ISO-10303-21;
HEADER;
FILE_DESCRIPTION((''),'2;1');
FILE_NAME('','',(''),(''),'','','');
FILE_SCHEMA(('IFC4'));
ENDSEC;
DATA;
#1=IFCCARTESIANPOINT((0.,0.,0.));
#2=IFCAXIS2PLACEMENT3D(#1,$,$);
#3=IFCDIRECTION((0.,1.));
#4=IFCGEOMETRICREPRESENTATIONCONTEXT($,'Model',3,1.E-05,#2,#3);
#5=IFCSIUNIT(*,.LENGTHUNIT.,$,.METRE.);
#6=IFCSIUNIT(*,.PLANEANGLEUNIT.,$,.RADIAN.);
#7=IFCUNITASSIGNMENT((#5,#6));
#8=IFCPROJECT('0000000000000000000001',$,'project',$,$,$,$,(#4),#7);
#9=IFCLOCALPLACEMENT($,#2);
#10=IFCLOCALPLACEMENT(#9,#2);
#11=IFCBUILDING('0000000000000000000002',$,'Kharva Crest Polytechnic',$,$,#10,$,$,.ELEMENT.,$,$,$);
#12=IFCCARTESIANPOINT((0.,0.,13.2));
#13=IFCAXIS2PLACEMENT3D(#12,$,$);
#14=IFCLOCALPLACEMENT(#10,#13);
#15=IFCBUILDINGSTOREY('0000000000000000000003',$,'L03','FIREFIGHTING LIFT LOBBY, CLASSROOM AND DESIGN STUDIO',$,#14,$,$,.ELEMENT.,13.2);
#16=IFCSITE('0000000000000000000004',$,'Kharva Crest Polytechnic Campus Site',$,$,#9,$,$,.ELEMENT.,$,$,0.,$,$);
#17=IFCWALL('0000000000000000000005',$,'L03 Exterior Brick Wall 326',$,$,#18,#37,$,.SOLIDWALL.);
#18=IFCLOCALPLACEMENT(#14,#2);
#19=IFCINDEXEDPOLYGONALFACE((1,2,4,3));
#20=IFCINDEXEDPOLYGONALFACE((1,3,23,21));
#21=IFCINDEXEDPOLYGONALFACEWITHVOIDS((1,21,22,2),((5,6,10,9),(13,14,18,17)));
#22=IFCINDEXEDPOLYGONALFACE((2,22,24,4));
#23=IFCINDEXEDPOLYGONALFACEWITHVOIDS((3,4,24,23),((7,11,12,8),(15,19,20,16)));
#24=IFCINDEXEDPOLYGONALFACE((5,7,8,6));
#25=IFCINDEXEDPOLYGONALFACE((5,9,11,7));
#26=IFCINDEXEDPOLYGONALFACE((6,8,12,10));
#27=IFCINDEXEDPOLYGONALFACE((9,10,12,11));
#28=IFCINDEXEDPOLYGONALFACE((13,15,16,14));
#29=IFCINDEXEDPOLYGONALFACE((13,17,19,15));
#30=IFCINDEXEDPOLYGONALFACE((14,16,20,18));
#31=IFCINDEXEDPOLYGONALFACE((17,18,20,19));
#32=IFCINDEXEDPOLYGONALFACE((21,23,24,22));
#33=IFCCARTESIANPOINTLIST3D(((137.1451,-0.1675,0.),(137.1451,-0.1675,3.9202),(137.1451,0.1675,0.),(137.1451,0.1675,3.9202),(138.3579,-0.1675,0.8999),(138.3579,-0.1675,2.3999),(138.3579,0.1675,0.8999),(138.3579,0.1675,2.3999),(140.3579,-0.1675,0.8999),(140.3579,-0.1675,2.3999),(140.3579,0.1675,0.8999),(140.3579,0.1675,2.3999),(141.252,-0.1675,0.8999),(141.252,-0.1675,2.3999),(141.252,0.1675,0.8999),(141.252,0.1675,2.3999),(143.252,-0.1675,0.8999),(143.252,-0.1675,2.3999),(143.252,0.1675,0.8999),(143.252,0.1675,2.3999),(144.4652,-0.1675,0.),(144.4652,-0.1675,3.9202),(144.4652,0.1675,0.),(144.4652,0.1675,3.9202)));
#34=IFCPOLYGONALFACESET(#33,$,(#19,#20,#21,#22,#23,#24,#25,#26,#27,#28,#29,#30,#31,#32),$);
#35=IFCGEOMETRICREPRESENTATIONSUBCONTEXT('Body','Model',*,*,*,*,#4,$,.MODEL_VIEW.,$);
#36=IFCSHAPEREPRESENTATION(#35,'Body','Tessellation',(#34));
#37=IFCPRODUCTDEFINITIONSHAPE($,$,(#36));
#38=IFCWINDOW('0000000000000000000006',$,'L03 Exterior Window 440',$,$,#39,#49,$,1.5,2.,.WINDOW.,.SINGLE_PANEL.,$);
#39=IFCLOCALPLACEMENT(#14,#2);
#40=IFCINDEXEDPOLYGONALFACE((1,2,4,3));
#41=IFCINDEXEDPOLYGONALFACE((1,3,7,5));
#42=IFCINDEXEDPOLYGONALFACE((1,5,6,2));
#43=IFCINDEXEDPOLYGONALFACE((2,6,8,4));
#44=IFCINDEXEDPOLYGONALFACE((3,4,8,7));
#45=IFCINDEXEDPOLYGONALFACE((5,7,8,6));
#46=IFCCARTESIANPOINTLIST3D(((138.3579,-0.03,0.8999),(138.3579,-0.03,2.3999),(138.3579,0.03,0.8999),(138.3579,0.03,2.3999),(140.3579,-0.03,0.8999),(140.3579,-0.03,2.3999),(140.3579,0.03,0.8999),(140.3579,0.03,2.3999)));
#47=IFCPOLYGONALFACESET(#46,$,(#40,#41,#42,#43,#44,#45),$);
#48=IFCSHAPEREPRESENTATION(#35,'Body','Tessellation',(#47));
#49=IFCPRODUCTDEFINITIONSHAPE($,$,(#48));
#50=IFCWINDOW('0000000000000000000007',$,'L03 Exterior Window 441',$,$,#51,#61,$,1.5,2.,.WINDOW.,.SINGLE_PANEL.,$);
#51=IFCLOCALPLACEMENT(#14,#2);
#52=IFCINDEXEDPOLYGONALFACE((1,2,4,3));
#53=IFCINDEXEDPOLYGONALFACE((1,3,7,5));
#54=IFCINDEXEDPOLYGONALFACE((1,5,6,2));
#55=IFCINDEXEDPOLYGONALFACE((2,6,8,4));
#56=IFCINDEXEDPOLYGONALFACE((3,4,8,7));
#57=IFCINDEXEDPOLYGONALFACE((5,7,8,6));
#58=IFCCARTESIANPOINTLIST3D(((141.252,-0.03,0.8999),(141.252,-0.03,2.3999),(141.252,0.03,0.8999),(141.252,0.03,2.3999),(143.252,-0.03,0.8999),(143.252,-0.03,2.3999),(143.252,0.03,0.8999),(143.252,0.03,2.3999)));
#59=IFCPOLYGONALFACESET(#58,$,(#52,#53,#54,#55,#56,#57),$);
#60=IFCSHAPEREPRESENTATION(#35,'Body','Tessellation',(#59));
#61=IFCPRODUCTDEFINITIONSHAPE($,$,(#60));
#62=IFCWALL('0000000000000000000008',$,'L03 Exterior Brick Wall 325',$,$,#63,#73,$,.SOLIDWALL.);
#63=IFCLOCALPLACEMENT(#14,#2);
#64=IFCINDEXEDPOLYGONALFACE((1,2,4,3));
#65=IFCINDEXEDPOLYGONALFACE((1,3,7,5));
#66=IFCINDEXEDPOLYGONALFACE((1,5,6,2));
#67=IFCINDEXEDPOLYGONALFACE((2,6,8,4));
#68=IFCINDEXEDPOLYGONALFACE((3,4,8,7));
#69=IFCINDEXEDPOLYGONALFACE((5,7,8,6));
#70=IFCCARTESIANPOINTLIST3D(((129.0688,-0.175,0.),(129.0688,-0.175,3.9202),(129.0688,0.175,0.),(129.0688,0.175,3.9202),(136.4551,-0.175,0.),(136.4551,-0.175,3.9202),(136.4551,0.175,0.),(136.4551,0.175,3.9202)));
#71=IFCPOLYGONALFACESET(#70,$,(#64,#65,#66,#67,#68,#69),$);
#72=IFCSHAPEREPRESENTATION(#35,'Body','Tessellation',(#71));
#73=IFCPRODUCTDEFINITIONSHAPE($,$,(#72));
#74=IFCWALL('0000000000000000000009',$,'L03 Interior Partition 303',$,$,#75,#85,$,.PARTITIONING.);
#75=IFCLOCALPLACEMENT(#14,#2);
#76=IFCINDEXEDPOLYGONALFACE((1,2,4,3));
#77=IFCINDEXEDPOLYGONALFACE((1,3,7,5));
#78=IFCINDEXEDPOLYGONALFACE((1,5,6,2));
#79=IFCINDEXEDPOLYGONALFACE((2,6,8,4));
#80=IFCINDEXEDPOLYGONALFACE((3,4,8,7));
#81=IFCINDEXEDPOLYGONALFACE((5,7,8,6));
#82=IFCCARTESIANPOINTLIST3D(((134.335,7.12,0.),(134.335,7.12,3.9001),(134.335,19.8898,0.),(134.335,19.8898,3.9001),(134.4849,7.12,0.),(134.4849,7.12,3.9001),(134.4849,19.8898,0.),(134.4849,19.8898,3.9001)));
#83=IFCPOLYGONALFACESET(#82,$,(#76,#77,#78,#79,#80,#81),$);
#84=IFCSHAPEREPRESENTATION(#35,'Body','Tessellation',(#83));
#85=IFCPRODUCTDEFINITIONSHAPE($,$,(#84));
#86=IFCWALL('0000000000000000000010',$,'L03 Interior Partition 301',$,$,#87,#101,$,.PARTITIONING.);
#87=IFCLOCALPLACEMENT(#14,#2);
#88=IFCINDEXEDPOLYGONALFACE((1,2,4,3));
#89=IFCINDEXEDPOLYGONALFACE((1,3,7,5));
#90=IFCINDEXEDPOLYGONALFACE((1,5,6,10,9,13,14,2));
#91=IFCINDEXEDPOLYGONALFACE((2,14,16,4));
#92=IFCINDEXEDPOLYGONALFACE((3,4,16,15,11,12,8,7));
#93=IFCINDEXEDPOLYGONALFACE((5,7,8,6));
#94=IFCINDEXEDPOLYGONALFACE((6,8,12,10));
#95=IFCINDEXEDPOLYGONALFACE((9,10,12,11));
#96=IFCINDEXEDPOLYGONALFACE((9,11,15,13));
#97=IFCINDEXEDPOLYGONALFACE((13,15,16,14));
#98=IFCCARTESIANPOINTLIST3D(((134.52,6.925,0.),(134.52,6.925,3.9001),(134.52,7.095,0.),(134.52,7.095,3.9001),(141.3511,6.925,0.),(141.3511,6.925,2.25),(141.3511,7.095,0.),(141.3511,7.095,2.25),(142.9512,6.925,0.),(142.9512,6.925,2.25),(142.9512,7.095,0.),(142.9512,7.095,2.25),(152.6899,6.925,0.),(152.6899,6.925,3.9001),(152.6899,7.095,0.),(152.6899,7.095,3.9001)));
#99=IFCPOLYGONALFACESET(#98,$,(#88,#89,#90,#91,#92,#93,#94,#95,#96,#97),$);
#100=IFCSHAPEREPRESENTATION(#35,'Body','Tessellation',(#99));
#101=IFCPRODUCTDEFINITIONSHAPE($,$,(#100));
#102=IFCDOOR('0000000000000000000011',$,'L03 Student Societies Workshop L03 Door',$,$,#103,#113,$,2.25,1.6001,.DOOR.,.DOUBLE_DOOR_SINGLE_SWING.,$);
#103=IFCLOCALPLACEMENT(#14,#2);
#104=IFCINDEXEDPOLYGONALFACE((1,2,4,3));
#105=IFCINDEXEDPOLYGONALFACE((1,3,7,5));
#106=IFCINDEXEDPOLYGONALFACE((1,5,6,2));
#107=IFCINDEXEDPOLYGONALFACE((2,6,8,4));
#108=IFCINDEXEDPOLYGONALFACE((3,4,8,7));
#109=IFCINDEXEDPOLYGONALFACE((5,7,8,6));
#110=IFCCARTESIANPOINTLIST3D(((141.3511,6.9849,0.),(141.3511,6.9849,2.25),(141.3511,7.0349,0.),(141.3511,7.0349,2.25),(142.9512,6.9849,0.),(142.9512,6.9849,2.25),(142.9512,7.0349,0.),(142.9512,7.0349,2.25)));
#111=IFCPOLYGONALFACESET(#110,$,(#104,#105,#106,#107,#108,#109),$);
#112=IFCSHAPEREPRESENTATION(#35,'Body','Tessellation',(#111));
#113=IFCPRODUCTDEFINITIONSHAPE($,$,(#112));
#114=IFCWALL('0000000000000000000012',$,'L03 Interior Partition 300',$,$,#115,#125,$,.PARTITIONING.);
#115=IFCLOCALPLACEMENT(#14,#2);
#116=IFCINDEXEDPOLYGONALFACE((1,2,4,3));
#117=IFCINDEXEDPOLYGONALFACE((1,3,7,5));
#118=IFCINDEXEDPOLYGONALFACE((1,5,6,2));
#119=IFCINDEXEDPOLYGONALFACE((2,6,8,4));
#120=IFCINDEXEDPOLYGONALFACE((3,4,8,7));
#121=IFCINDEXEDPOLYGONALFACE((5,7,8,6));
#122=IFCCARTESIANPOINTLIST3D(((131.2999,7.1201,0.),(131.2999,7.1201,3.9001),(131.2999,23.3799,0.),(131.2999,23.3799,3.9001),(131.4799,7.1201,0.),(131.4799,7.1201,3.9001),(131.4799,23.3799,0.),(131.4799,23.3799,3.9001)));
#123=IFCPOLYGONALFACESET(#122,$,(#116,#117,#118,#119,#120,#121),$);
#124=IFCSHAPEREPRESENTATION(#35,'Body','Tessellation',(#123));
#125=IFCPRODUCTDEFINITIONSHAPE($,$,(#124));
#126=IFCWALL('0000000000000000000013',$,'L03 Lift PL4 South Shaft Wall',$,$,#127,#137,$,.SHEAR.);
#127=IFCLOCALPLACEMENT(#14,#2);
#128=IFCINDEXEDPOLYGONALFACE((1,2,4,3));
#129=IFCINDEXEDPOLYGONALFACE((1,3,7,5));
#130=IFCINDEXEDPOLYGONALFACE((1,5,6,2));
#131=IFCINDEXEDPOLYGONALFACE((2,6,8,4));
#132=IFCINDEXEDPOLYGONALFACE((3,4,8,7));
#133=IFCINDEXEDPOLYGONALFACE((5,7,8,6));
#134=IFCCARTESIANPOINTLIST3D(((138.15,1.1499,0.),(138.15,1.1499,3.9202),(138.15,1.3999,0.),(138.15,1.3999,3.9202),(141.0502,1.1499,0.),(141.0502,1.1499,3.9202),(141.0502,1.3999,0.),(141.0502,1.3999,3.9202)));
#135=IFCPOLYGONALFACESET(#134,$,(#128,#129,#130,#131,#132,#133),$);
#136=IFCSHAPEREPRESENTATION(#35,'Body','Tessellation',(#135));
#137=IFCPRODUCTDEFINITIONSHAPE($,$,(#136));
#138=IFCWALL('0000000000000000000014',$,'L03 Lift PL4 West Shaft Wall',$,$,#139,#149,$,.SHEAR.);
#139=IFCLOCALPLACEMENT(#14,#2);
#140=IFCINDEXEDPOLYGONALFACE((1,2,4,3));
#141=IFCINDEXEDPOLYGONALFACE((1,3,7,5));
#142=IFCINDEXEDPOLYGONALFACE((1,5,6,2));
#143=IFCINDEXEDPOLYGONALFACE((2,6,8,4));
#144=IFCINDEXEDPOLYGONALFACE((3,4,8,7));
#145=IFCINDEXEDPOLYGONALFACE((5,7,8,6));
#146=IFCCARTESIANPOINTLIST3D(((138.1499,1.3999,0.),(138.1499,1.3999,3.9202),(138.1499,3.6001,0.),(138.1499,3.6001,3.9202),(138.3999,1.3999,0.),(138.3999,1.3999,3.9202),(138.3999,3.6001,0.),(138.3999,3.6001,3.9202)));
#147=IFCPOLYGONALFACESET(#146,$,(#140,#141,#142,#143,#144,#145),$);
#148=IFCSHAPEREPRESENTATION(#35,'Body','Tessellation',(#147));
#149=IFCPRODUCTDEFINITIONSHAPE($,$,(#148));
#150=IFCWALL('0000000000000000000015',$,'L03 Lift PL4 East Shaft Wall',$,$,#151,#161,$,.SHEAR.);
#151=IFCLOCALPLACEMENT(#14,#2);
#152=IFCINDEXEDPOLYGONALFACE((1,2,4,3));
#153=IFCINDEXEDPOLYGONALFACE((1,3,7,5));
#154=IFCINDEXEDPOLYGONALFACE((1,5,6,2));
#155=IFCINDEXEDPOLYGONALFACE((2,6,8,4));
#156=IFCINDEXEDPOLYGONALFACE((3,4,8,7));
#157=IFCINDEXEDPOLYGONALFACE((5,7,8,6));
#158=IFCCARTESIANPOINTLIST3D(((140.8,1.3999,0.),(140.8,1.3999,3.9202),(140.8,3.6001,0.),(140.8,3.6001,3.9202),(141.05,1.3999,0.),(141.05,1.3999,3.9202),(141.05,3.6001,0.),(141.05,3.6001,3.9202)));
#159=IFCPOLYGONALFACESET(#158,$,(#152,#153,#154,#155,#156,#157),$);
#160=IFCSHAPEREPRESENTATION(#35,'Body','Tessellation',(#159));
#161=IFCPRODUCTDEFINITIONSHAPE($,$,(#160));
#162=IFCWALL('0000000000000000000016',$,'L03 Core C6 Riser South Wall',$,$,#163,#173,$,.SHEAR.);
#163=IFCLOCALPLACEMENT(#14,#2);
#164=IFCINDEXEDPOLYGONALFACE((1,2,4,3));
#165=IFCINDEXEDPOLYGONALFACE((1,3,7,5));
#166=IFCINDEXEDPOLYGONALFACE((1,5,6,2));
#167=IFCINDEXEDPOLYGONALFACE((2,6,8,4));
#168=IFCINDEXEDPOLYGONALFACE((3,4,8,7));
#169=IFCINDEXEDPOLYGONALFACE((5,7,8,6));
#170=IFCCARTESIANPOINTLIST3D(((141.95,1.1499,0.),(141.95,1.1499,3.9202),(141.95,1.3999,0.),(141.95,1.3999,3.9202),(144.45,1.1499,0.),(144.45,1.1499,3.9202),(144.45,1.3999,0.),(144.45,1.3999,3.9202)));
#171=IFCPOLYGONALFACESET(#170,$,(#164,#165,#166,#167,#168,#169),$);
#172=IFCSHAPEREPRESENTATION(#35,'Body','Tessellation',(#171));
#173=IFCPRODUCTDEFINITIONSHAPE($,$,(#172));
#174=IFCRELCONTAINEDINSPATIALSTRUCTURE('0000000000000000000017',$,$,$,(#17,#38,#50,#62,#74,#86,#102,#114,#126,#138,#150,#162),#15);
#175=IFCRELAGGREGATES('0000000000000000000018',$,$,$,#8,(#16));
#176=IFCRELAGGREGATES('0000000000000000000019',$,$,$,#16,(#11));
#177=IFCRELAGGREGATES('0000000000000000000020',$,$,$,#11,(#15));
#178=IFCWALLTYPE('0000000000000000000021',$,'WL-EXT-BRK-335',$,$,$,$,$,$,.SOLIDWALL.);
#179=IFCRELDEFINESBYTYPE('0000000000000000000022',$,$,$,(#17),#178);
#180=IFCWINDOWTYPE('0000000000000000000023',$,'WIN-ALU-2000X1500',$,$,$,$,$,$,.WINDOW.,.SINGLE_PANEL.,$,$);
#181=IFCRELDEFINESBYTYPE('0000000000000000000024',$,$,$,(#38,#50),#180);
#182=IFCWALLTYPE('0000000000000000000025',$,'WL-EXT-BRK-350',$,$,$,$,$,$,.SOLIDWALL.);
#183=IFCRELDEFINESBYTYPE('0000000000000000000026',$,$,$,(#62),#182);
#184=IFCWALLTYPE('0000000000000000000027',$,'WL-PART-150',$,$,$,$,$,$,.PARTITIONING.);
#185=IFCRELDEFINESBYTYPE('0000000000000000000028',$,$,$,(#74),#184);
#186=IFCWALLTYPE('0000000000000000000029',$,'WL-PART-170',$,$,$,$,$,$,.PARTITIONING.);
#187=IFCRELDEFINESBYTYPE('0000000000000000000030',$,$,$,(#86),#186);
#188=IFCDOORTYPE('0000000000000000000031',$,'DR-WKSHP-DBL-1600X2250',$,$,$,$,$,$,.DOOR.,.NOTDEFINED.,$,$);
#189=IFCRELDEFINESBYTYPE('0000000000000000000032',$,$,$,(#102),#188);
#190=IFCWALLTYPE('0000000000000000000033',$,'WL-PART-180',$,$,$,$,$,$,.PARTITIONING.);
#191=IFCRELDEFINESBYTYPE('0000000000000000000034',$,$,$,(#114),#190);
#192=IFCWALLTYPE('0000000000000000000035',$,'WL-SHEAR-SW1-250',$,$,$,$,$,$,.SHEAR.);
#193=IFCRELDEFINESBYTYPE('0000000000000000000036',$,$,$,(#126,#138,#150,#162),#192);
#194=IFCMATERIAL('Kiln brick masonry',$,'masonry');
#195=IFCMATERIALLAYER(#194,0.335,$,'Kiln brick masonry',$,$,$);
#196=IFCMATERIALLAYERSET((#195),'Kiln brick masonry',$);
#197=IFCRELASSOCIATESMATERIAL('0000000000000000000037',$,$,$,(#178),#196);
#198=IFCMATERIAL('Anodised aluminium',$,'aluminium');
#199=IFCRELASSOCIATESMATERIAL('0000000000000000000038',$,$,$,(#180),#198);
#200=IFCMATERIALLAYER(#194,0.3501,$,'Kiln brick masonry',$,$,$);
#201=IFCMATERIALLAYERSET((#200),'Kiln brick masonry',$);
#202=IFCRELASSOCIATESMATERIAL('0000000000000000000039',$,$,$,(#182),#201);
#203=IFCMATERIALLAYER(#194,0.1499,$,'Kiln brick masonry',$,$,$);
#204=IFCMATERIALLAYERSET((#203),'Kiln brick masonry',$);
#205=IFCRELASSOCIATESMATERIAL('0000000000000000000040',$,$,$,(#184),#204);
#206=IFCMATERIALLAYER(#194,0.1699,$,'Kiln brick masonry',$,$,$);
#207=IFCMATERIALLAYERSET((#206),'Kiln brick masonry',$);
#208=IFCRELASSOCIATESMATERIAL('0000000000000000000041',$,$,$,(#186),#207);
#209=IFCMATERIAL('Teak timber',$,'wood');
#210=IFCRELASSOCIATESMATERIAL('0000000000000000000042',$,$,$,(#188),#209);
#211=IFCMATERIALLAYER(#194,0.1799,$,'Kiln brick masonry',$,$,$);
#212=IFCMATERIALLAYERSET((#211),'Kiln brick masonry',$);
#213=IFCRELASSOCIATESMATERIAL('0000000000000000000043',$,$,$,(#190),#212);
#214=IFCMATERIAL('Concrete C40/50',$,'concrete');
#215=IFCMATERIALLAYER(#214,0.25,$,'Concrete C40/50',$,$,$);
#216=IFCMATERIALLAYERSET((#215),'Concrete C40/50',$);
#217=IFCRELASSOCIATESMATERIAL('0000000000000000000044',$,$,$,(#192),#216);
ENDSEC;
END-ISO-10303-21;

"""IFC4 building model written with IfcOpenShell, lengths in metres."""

from ifc_helpers import new_model, si_unit, direction, frame, frame_2d, origin, place, context, subcontext, project, spatial, rectangle, extrude, material, layer, layer_set, type_object, element, fill, save


model = new_model("IFC4")

# Units and contexts
model_context = context("Model", 3, precision=1e-05, world=origin(), true_north=direction((0.0, 1.0)))
body_context = subcontext(model_context, "Body", "Model", "MODEL_VIEW")
ifc_project = project(units=[si_unit("LENGTHUNIT", "METRE"), si_unit("PLANEANGLEUNIT", "RADIAN")], contexts=[model_context])

# Site, building, storey
site_placement = place(None, origin())
site = spatial("IfcSite", under=ifc_project, at=site_placement, Name="Kharva Crest Polytechnic Campus Site", CompositionType="ELEMENT", RefElevation=0.0)
building_placement = place(site_placement, origin())
building = spatial("IfcBuilding", under=site, at=building_placement, Name="Kharva Crest Polytechnic", CompositionType="ELEMENT")
storey_placement = place(building_placement, frame((0.0, 0.0, 13.2)))
storey = spatial("IfcBuildingStorey", under=building, at=storey_placement, Name="L03", Description="FIREFIGHTING LIFT LOBBY, CLASSROOM AND DESIGN STUDIO", CompositionType="ELEMENT", Elevation=13.2)

# Shared definitions
ifc_material_1 = material(Name="Concrete C40/50", Category="concrete")

# Wall, openings, windows
ifc_material_2 = material(Name="Kiln brick masonry", Category="masonry")
ifc_material_3 = material(Name="Anodised aluminium", Category="aluminium")
ifc_layer_1 = layer(ifc_material_2, 0.335, Name="Kiln brick masonry")
ifc_layer_set_1 = layer_set([ifc_layer_1], Name="Kiln brick masonry")
wall_type_1 = type_object("IfcWallType", Name="WL-EXT-BRK-335", PredefinedType="SOLIDWALL", material=ifc_layer_set_1)
wall_1_placement = place(storey_placement, frame((137.145, 0.0, 0.0), z_axis=(0.0, 0.0, 1.0), x_axis=(1.0, 0.0, 0.0)))
wall_1 = element("IfcWall", 1, at=wall_1_placement, inside=storey, type_object=wall_type_1, Name="L03 Exterior Brick Wall 326", PredefinedType="SOLIDWALL", context=body_context, shape_type="SweptSolid", body=[
    extrude(rectangle(XDim=7.3201, YDim=0.335, at=frame_2d((3.6602, 0.0))), origin(), (0.0, 0.0, 1.0), 3.9202),
])
opening_1_placement = place(wall_1_placement, frame((1.2129, 0.0, 0.8999)))
opening_1 = element("IfcOpeningElement", 2, at=opening_1_placement, cuts=wall_1, PredefinedType="OPENING", context=body_context, shape_type="SweptSolid", body=[
    extrude(rectangle(XDim=2.0, YDim=1.5, at=frame_2d((1.0, 0.75))), frame((0.0, 0.1775, 0.0), z_axis=(0.0, -1.0, 0.0), x_axis=(1.0, 0.0, 0.0)), (0.0, 0.0, 1.0), 0.355),
])
opening_2_placement = place(wall_1_placement, frame((4.1069, 0.0, 0.8999)))
opening_2 = element("IfcOpeningElement", 3, at=opening_2_placement, cuts=wall_1, PredefinedType="OPENING", context=body_context, shape_type="SweptSolid", body=[
    extrude(rectangle(XDim=2.0, YDim=1.5, at=frame_2d((1.0, 0.75))), frame((0.0, 0.1775, 0.0), z_axis=(0.0, -1.0, 0.0), x_axis=(1.0, 0.0, 0.0)), (0.0, 0.0, 1.0), 0.355),
])
window_type_1 = type_object("IfcWindowType", Name="WIN-ALU-2000X1500", PartitioningType="SINGLE_PANEL", PredefinedType="WINDOW", material=ifc_material_3)
window_1_placement = place(opening_1_placement, origin())
window_1 = element("IfcWindow", 4, at=window_1_placement, inside=storey, type_object=window_type_1, Name="L03 Exterior Window 440", OverallHeight=1.5, OverallWidth=2.0, PartitioningType="SINGLE_PANEL", PredefinedType="WINDOW", context=body_context, shape_type="SweptSolid", body=[
    extrude(rectangle(XDim=2.0, YDim=1.5, at=frame_2d((1.0, 0.75))), frame((0.0, 0.03, 0.0), z_axis=(0.0, -1.0, 0.0), x_axis=(1.0, 0.0, 0.0)), (0.0, 0.0, 1.0), 0.0601),
])
fill(opening_1, window_1)
window_2_placement = place(opening_2_placement, origin())
window_2 = element("IfcWindow", 5, at=window_2_placement, inside=storey, type_object=window_type_1, Name="L03 Exterior Window 441", OverallHeight=1.5, OverallWidth=2.0, PartitioningType="SINGLE_PANEL", PredefinedType="WINDOW", context=body_context, shape_type="SweptSolid", body=[
    extrude(rectangle(XDim=2.0, YDim=1.5, at=frame_2d((1.0, 0.75))), frame((0.0, 0.03, 0.0), z_axis=(0.0, -1.0, 0.0), x_axis=(1.0, 0.0, 0.0)), (0.0, 0.0, 1.0), 0.0601),
])
fill(opening_2, window_2)

# Walls
ifc_layer_2 = layer(ifc_material_2, 0.3501, Name="Kiln brick masonry")
ifc_layer_set_2 = layer_set([ifc_layer_2], Name="Kiln brick masonry")
wall_type_2 = type_object("IfcWallType", Name="WL-EXT-BRK-350", PredefinedType="SOLIDWALL", material=ifc_layer_set_2)
wall_2_placement = place(storey_placement, frame((129.0688, 0.0, 0.0), z_axis=(0.0, 0.0, 1.0), x_axis=(1.0, 0.0, 0.0)))
element("IfcWall", 6, at=wall_2_placement, inside=storey, type_object=wall_type_2, Name="L03 Exterior Brick Wall 325", PredefinedType="SOLIDWALL", context=body_context, shape_type="SweptSolid", body=[
    extrude(rectangle(XDim=7.3862, YDim=0.3501, at=frame_2d((3.6931, 0.0))), origin(), (0.0, 0.0, 1.0), 3.9202),
])
ifc_layer_3 = layer(ifc_material_2, 0.1499, Name="Kiln brick masonry")
ifc_layer_set_3 = layer_set([ifc_layer_3], Name="Kiln brick masonry")
wall_type_3 = type_object("IfcWallType", Name="WL-PART-150", PredefinedType="PARTITIONING", material=ifc_layer_set_3)
wall_3_placement = place(storey_placement, frame((134.4099, 7.1201, 0.0), z_axis=(0.0, 0.0, 1.0), x_axis=(0.0, 1.0, 0.0)))
element("IfcWall", 7, at=wall_3_placement, inside=storey, type_object=wall_type_3, Name="L03 Interior Partition 303", PredefinedType="PARTITIONING", context=body_context, shape_type="SweptSolid", body=[
    extrude(rectangle(XDim=12.7698, YDim=0.1499, at=frame_2d((6.3848, 0.0))), origin(), (0.0, 0.0, 1.0), 3.9001),
])

# Wall, opening, door
ifc_layer_4 = layer(ifc_material_2, 0.1699, Name="Kiln brick masonry")
ifc_layer_set_4 = layer_set([ifc_layer_4], Name="Kiln brick masonry")
wall_type_4 = type_object("IfcWallType", Name="WL-PART-170", PredefinedType="PARTITIONING", material=ifc_layer_set_4)
wall_4_placement = place(storey_placement, frame((134.52, 7.01, 0.0), z_axis=(0.0, 0.0, 1.0), x_axis=(1.0, 0.0, 0.0)))
wall_4 = element("IfcWall", 8, at=wall_4_placement, inside=storey, type_object=wall_type_4, Name="L03 Interior Partition 301", PredefinedType="PARTITIONING", context=body_context, shape_type="SweptSolid", body=[
    extrude(rectangle(XDim=18.1699, YDim=0.1699, at=frame_2d((9.085, 0.0))), origin(), (0.0, 0.0, 1.0), 3.9001),
])
opening_3_placement = place(wall_4_placement, frame((6.8311, 0.0, 0.0)))
opening_3 = element("IfcOpeningElement", 9, at=opening_3_placement, cuts=wall_4, PredefinedType="OPENING", context=body_context, shape_type="SweptSolid", body=[
    extrude(rectangle(XDim=1.6001, YDim=2.25, at=frame_2d((0.8, 1.125))), frame((0.0, 0.095, 0.0), z_axis=(0.0, -1.0, 0.0), x_axis=(1.0, 0.0, 0.0)), (0.0, 0.0, 1.0), 0.1899),
])
ifc_material_4 = material(Name="Teak timber", Category="wood")
door_type_1 = type_object("IfcDoorType", Name="DR-WKSHP-DBL-1600X2250", OperationType="NOTDEFINED", PredefinedType="DOOR", material=ifc_material_4)
door_1_placement = place(opening_3_placement, origin())
door_1 = element("IfcDoor", 10, at=door_1_placement, inside=storey, type_object=door_type_1, Name="L03 Student Societies Workshop L03 Door", OperationType="DOUBLE_DOOR_SINGLE_SWING", OverallHeight=2.25, OverallWidth=1.6001, PredefinedType="DOOR", context=body_context, shape_type="SweptSolid", body=[
    extrude(rectangle(XDim=1.6001, YDim=2.25, at=frame_2d((0.8, 1.125))), frame((0.0, 0.0249, 0.0), z_axis=(0.0, -1.0, 0.0), x_axis=(1.0, 0.0, 0.0)), (0.0, 0.0, 1.0), 0.05),
])
fill(opening_3, door_1)

# Walls
ifc_layer_5 = layer(ifc_material_2, 0.1799, Name="Kiln brick masonry")
ifc_layer_set_5 = layer_set([ifc_layer_5], Name="Kiln brick masonry")
wall_type_5 = type_object("IfcWallType", Name="WL-PART-180", PredefinedType="PARTITIONING", material=ifc_layer_set_5)
wall_5_placement = place(storey_placement, frame((131.3899, 7.1201, 0.0), z_axis=(0.0, 0.0, 1.0), x_axis=(0.0, 1.0, 0.0)))
element("IfcWall", 11, at=wall_5_placement, inside=storey, type_object=wall_type_5, Name="L03 Interior Partition 300", PredefinedType="PARTITIONING", context=body_context, shape_type="SweptSolid", body=[
    extrude(rectangle(XDim=16.2598, YDim=0.1799, at=frame_2d((8.1299, 0.0))), origin(), (0.0, 0.0, 1.0), 3.9001),
])
ifc_layer_6 = layer(ifc_material_1, 0.25, Name="Concrete C40/50")
ifc_layer_set_6 = layer_set([ifc_layer_6], Name="Concrete C40/50")
wall_type_6 = type_object("IfcWallType", Name="WL-SHEAR-SW1-250", PredefinedType="SHEAR", material=ifc_layer_set_6)
wall_6_placement = place(storey_placement, frame((138.1499, 1.2749, 0.0), z_axis=(0.0, 0.0, 1.0), x_axis=(1.0, 0.0, 0.0)))
element("IfcWall", 12, at=wall_6_placement, inside=storey, type_object=wall_type_6, Name="L03 Lift PL4 South Shaft Wall", PredefinedType="SHEAR", context=body_context, shape_type="SweptSolid", body=[
    extrude(rectangle(XDim=2.9001, YDim=0.25, at=frame_2d((1.4502, 0.0))), origin(), (0.0, 0.0, 1.0), 3.9202),
])

# Walls
for number, where, z_axis, x_axis, name in (
    (13, (138.2749, 1.3999, 0.0), (0.0, 0.0, 1.0), (0.0, 1.0, 0.0), "L03 Lift PL4 West Shaft Wall"),
    (14, (140.925, 1.3999, 0.0), (0.0, 0.0, 1.0), (0.0, 1.0, 0.0), "L03 Lift PL4 East Shaft Wall"),
):
    element("IfcWall", number, at=place(storey_placement, frame(where, z_axis=z_axis, x_axis=x_axis)), inside=storey, type_object=wall_type_6, Name=name, PredefinedType="SHEAR", context=body_context, shape_type="SweptSolid", body=[
        extrude(rectangle(XDim=2.2002, YDim=0.25, at=frame_2d((1.1001, 0.0))), origin(), (0.0, 0.0, 1.0), 3.9202),
    ])
wall_7_placement = place(storey_placement, frame((141.95, 1.2749, 0.0), z_axis=(0.0, 0.0, 1.0), x_axis=(1.0, 0.0, 0.0)))
element("IfcWall", 15, at=wall_7_placement, inside=storey, type_object=wall_type_6, Name="L03 Core C6 Riser South Wall", PredefinedType="SHEAR", context=body_context, shape_type="SweptSolid", body=[
    extrude(rectangle(XDim=2.5, YDim=0.25, at=frame_2d((1.25, 0.0))), origin(), (0.0, 0.0, 1.0), 3.9202),
])

save(model, "model.ifc")
